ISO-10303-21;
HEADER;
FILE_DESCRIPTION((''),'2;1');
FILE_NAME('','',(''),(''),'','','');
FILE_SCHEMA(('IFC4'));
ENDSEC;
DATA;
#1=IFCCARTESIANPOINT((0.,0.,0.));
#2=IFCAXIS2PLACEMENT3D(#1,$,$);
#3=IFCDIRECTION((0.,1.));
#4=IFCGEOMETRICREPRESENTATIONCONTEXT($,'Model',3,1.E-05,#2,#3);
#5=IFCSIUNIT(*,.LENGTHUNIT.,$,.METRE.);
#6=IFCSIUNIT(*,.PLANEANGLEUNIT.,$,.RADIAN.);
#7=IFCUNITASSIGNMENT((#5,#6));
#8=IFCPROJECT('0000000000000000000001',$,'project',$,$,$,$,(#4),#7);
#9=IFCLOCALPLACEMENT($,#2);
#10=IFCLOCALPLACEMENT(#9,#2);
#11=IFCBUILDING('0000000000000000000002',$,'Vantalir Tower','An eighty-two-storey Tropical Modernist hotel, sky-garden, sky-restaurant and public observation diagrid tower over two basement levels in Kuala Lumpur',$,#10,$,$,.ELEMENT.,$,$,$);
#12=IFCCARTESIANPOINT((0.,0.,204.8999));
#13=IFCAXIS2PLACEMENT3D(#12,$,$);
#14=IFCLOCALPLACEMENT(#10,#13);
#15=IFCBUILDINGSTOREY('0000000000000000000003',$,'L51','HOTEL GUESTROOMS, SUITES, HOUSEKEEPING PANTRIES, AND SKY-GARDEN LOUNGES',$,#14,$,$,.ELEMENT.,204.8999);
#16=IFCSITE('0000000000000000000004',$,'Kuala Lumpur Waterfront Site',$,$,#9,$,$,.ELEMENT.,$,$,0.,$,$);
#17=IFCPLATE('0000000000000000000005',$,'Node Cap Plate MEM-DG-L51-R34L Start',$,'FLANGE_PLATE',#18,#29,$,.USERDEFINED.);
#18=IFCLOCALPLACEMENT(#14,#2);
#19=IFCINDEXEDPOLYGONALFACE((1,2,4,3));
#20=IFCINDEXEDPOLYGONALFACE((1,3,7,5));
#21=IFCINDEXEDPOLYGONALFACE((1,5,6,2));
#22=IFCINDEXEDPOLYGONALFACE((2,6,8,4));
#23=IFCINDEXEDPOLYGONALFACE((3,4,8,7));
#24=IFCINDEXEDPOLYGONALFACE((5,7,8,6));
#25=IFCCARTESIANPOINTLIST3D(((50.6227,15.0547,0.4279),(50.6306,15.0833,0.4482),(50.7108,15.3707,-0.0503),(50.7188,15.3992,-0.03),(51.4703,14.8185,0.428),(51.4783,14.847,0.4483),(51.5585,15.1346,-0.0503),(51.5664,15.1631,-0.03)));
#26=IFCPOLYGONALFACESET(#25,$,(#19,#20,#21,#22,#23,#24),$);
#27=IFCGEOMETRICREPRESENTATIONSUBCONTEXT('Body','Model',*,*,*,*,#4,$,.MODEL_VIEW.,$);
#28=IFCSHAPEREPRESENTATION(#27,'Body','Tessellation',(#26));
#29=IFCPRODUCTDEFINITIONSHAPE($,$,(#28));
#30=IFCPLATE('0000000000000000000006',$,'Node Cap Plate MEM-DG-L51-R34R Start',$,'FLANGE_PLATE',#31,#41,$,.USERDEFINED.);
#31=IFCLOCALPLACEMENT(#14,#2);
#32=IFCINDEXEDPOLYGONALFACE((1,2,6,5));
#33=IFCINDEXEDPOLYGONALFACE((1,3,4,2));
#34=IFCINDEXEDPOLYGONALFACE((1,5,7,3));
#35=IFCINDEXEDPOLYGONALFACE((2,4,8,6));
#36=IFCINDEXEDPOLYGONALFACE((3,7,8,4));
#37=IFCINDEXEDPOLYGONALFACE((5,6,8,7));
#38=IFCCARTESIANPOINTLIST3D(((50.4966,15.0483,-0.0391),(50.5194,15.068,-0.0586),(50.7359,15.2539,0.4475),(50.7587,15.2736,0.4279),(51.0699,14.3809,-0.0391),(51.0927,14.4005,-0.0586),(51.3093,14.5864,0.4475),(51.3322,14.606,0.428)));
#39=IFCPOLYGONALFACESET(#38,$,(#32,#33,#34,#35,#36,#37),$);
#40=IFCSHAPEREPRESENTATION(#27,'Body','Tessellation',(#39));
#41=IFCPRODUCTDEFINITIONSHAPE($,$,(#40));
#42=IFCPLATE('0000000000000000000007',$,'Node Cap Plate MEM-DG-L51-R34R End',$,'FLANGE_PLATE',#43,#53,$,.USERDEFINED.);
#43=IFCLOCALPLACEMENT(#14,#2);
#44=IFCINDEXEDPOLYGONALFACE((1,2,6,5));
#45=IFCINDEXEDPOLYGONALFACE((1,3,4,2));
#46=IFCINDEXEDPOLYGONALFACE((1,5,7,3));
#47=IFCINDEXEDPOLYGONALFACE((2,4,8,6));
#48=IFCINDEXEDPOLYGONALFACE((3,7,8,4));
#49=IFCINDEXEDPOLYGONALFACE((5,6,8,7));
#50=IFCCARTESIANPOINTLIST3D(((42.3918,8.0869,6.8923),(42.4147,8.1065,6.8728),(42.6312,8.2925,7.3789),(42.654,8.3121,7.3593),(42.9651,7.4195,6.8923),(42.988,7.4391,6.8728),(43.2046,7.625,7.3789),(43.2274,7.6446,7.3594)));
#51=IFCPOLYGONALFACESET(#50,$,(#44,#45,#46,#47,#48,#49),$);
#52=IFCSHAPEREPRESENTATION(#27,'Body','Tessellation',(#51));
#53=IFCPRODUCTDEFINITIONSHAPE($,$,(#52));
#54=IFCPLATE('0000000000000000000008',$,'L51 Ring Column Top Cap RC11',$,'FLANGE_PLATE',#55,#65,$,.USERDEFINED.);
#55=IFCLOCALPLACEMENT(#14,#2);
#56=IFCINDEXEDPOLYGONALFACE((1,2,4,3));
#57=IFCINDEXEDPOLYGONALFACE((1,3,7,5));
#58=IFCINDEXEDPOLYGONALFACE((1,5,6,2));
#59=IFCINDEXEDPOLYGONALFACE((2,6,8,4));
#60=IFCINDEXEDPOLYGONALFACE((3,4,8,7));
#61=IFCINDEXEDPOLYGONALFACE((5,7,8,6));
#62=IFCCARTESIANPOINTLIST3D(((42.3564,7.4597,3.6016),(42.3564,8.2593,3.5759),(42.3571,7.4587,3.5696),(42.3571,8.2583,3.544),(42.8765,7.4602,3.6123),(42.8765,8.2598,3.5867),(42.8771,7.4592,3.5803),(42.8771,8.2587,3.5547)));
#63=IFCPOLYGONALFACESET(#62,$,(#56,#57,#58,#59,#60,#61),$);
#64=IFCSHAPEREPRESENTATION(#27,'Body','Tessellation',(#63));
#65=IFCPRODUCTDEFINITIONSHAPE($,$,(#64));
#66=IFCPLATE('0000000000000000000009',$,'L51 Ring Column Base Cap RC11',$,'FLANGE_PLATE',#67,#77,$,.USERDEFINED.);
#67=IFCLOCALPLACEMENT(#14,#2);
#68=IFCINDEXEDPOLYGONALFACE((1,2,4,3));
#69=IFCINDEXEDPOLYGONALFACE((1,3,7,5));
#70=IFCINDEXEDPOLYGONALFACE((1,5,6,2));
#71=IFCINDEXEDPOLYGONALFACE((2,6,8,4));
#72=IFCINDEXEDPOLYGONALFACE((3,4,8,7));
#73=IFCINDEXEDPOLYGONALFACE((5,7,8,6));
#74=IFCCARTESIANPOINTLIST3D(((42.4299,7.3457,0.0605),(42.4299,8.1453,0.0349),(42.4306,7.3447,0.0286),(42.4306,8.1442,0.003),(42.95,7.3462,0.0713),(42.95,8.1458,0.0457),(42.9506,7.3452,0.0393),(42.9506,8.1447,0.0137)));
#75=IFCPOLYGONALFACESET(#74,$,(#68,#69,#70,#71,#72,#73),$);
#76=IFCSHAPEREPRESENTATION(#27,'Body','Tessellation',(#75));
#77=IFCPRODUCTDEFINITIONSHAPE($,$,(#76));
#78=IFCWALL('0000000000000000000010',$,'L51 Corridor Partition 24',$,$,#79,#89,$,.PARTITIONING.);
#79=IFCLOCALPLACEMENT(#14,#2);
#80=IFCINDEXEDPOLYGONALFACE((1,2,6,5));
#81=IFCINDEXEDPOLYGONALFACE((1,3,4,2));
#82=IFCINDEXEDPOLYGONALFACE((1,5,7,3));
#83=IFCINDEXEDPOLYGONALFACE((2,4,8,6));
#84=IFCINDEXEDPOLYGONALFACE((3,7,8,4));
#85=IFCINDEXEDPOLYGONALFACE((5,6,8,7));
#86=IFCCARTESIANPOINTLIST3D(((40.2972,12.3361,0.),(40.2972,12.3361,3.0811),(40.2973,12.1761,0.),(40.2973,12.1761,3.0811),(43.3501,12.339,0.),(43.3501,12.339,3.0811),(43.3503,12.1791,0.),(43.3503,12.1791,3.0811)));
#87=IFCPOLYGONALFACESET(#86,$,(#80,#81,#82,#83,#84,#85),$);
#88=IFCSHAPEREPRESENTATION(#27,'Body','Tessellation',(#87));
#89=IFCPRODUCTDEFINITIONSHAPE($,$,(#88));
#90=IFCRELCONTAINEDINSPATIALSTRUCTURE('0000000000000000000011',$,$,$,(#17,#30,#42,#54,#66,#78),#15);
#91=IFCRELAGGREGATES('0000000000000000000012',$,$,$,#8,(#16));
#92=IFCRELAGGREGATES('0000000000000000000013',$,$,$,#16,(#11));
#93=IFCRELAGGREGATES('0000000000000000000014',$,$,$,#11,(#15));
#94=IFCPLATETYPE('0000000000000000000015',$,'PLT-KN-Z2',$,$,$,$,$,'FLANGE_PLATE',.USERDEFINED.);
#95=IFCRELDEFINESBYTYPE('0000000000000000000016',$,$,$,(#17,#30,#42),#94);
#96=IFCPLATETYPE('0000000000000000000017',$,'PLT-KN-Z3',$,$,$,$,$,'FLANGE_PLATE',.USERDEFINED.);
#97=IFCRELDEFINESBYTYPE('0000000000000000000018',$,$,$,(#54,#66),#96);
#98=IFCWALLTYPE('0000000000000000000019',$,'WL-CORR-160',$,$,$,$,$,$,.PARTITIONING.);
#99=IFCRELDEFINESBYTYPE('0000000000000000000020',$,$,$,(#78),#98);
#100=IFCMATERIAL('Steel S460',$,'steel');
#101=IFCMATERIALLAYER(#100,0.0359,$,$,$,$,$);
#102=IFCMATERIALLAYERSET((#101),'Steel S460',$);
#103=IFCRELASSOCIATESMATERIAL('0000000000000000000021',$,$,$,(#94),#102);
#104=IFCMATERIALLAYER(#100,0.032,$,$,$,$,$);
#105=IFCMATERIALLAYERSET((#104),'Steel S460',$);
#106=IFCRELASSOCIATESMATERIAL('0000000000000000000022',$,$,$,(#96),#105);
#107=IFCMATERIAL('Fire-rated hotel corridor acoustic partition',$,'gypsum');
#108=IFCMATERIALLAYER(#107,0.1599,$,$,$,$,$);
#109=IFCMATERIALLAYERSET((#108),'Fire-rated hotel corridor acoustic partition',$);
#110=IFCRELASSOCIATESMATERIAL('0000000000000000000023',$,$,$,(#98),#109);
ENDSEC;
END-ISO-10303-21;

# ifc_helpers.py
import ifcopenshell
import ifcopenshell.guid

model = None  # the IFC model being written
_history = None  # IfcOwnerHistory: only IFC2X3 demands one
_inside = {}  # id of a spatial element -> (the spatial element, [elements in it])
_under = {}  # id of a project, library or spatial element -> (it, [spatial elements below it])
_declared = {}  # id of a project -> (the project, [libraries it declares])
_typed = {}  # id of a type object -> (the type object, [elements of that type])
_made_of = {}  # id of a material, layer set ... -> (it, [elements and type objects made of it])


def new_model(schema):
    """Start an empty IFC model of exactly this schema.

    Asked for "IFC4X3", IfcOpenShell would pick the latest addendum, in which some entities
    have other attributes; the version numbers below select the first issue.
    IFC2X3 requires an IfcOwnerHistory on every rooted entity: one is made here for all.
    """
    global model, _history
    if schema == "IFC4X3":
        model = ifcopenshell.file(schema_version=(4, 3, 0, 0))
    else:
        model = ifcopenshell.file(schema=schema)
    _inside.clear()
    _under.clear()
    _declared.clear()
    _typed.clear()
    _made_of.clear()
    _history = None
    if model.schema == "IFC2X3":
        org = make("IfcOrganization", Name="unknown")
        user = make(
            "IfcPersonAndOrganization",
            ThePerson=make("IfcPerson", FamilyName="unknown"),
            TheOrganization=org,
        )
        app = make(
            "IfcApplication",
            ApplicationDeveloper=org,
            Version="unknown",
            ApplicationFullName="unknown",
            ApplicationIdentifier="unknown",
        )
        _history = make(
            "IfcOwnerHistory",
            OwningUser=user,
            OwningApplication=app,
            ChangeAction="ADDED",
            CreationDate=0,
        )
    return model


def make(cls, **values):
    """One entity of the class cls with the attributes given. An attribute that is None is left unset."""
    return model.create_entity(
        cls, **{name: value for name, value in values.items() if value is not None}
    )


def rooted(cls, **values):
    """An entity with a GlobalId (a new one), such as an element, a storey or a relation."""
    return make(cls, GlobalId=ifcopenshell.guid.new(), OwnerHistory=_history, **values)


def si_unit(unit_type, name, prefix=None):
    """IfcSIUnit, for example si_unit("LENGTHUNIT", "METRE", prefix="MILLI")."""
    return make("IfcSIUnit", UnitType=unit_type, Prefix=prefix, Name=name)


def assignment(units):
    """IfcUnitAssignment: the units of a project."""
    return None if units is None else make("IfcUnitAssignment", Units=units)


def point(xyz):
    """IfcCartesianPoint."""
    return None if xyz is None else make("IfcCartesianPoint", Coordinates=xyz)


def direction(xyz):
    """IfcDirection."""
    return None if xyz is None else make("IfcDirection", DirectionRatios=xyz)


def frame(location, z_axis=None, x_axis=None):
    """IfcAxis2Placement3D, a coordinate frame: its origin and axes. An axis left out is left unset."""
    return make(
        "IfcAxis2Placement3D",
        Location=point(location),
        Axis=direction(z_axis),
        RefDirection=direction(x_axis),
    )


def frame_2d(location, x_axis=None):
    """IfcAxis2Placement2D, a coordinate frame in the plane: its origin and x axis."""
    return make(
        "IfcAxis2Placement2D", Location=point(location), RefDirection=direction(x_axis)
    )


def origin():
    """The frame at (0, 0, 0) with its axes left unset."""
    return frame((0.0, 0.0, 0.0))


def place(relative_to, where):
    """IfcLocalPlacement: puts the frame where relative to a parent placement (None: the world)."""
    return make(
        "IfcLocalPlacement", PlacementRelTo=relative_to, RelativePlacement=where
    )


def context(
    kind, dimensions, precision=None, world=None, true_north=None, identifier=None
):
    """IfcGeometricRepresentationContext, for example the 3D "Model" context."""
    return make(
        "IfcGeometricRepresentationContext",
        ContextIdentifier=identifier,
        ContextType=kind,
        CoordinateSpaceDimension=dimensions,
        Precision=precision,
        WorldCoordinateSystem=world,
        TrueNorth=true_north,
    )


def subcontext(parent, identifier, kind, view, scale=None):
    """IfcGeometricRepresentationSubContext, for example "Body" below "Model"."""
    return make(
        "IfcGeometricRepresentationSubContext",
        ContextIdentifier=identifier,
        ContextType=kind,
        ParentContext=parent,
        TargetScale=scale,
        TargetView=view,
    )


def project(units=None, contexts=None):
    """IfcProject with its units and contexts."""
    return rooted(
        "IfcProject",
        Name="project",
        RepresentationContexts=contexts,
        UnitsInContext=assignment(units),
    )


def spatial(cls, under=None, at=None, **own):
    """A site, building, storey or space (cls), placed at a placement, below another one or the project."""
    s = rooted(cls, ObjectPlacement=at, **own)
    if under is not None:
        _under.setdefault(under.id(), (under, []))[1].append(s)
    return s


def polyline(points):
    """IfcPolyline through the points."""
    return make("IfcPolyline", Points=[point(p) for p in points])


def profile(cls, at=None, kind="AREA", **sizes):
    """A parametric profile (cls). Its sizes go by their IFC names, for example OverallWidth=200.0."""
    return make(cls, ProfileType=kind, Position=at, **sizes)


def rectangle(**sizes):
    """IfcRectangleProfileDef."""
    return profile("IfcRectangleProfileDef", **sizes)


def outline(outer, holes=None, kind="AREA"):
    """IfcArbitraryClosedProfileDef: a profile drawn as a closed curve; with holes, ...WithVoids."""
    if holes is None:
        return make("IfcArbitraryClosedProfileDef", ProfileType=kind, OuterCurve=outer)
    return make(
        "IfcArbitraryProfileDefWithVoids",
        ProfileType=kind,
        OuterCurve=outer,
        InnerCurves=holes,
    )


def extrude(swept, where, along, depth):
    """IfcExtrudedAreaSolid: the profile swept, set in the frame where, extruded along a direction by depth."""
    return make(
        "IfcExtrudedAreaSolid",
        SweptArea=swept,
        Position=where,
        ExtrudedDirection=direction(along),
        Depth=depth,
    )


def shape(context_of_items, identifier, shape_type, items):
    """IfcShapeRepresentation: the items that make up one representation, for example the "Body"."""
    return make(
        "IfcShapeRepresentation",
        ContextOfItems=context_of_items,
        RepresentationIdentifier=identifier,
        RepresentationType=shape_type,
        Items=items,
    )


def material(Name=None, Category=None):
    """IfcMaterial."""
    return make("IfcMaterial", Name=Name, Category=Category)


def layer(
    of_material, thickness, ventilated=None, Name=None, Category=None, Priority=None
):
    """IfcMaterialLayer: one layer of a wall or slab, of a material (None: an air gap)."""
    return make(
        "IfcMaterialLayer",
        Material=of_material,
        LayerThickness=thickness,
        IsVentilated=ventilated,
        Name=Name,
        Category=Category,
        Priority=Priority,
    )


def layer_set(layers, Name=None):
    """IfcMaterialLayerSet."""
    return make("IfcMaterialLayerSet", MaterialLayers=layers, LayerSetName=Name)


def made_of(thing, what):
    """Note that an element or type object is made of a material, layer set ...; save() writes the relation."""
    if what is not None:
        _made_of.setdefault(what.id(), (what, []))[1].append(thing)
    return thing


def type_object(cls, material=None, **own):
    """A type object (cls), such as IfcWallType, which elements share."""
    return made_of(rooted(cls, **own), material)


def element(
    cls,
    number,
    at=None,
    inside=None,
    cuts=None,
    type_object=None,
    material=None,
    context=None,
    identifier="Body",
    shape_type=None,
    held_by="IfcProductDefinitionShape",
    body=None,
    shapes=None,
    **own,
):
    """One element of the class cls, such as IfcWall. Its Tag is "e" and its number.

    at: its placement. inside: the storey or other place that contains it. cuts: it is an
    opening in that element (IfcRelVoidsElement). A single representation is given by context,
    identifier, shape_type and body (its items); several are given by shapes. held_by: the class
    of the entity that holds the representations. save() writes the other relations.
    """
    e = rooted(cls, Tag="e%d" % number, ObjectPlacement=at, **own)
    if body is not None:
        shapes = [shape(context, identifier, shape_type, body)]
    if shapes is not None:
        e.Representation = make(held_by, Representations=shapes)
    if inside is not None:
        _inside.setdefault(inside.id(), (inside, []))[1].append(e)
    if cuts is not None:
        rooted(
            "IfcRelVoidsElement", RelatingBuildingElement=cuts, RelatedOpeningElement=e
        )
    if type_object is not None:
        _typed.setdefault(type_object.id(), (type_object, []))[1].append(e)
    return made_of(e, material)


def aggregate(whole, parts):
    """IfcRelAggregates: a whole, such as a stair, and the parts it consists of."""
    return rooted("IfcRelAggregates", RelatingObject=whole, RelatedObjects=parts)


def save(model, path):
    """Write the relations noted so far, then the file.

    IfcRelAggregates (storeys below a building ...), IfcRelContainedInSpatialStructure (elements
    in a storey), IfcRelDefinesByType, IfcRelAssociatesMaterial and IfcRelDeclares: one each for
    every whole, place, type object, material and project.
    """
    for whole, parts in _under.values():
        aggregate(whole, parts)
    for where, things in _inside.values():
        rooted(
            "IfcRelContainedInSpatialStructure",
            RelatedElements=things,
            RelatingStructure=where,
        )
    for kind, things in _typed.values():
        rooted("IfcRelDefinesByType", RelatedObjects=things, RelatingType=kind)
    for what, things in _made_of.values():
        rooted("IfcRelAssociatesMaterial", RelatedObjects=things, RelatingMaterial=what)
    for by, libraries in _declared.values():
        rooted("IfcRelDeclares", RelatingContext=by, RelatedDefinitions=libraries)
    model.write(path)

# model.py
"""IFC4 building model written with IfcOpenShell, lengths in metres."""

from ifc_helpers import new_model, si_unit, direction, frame, frame_2d, origin, place, context, subcontext, project, spatial, polyline, rectangle, outline, extrude, material, layer, layer_set, type_object, element, save


model = new_model("IFC4")

# Units and contexts
model_context = context("Model", 3, precision=1e-05, world=origin(), true_north=direction((0.0, 1.0)))
body_context = subcontext(model_context, "Body", "Model", "MODEL_VIEW")
ifc_project = project(units=[si_unit("LENGTHUNIT", "METRE"), si_unit("PLANEANGLEUNIT", "RADIAN")], contexts=[model_context])

# Site, building, storey
site_placement = place(None, origin())
site = spatial("IfcSite", under=ifc_project, at=site_placement, Name="Kuala Lumpur Waterfront Site", CompositionType="ELEMENT", RefElevation=0.0)
building_placement = place(site_placement, origin())
building = spatial("IfcBuilding", under=site, at=building_placement, Name="Vantalir Tower", Description="An eighty-two-storey Tropical Modernist hotel, sky-garden, sky-restaurant and public observation diagrid tower over two basement levels in Kuala Lumpur", CompositionType="ELEMENT")
storey_placement = place(building_placement, frame((0.0, 0.0, 204.8999)))
storey = spatial("IfcBuildingStorey", under=building, at=storey_placement, Name="L51", Description="HOTEL GUESTROOMS, SUITES, HOUSEKEEPING PANTRIES, AND SKY-GARDEN LOUNGES", CompositionType="ELEMENT", Elevation=204.8999)

# Shared definitions
ifc_material_1 = material(Name="Steel S460", Category="steel")

# Plates
ifc_layer_1 = layer(ifc_material_1, 0.0359)
ifc_layer_set_1 = layer_set([ifc_layer_1], Name="Steel S460")
plate_type_1 = type_object("IfcPlateType", Name="PLT-KN-Z2", ElementType="FLANGE_PLATE", PredefinedType="USERDEFINED", material=ifc_layer_set_1)
plate_1_placement = place(storey_placement, frame((51.5664, 15.1631, -0.03), z_axis=(0.221352, 0.794351, 0.565694), x_axis=(-0.96331, 0.26839, 0.000062)))
element("IfcPlate", 1, at=plate_1_placement, inside=storey, type_object=plate_type_1, Name="Node Cap Plate MEM-DG-L51-R34L Start", ObjectType="FLANGE_PLATE", PredefinedType="USERDEFINED", context=body_context, shape_type="SweptSolid", body=[
    extrude(outline(polyline([(0.0, 0.0), (0.8799, 0.0), (0.8801, 0.5799), (0.0001, 0.5801), (0.0, 0.0)])), origin(), (0.0, 0.0, -1.0), 0.0359),
])
for number, where, z_axis, x_axis, name in (
    (2, (50.4966, 15.0483, -0.0391), (-0.636453, -0.546711, 0.544091), (0.651579, -0.758581, -0.000048), "Node Cap Plate MEM-DG-L51-R34R Start"),
    (3, (42.3918, 8.0869, 6.8923), (-0.636453, -0.546711, 0.544091), (0.651579, -0.758581, -0.000048), "Node Cap Plate MEM-DG-L51-R34R End"),
):
    element("IfcPlate", number, at=place(storey_placement, frame(where, z_axis=z_axis, x_axis=x_axis)), inside=storey, type_object=plate_type_1, Name=name, ObjectType="FLANGE_PLATE", PredefinedType="USERDEFINED", context=body_context, shape_type="SweptSolid", body=[
        extrude(outline(polyline([(0.0, 0.0), (0.8799, 0.0), (0.8799, 0.58), (-0.0001, 0.5799), (0.0, 0.0)])), origin(), (0.0, 0.0, -1.0), 0.0359),
    ])
ifc_layer_2 = layer(ifc_material_1, 0.032)
ifc_layer_set_2 = layer_set([ifc_layer_2], Name="Steel S460")
plate_type_2 = type_object("IfcPlateType", Name="PLT-KN-Z3", ElementType="FLANGE_PLATE", PredefinedType="USERDEFINED", material=ifc_layer_set_2)
for number, where, z_axis, x_axis, name in (
    (4, (42.3564, 8.2593, 3.5759), (-0.020672, 0.032038, 0.999273), (0.0, -0.999486, 0.032045), "L51 Ring Column Top Cap RC11"),
    (5, (42.4299, 8.1453, 0.0349), (-0.020672, 0.032038, 0.999273), (0.0, -0.999486, 0.032045), "L51 Ring Column Base Cap RC11"),
):
    element("IfcPlate", number, at=place(storey_placement, frame(where, z_axis=z_axis, x_axis=x_axis)), inside=storey, type_object=plate_type_2, Name=name, ObjectType="FLANGE_PLATE", PredefinedType="USERDEFINED", context=body_context, shape_type="SweptSolid", body=[
        extrude(outline(polyline([(0.0, 0.0), (0.8, 0.0), (0.7998, 0.5201), (-0.0001, 0.5201), (0.0, 0.0)])), origin(), (0.0, 0.0, -1.0), 0.032),
    ])

# Wall
ifc_material_2 = material(Name="Fire-rated hotel corridor acoustic partition", Category="gypsum")
ifc_layer_3 = layer(ifc_material_2, 0.1599)
ifc_layer_set_3 = layer_set([ifc_layer_3], Name="Fire-rated hotel corridor acoustic partition")
wall_type = type_object("IfcWallType", Name="WL-CORR-160", PredefinedType="PARTITIONING", material=ifc_layer_set_3)
wall_placement = place(storey_placement, frame((43.3501, 12.259, 0.0), z_axis=(0.0, 0.0, 1.0), x_axis=(-1.0, -0.00096, 0.0)))
element("IfcWall", 6, at=wall_placement, inside=storey, type_object=wall_type, Name="L51 Corridor Partition 24", PredefinedType="PARTITIONING", context=body_context, shape_type="SweptSolid", body=[
    extrude(rectangle(XDim=3.053, YDim=0.1599, at=frame_2d((1.5264, 0.0))), origin(), (0.0, 0.0, 1.0), 3.0811),
])

save(model, "model.ifc")
